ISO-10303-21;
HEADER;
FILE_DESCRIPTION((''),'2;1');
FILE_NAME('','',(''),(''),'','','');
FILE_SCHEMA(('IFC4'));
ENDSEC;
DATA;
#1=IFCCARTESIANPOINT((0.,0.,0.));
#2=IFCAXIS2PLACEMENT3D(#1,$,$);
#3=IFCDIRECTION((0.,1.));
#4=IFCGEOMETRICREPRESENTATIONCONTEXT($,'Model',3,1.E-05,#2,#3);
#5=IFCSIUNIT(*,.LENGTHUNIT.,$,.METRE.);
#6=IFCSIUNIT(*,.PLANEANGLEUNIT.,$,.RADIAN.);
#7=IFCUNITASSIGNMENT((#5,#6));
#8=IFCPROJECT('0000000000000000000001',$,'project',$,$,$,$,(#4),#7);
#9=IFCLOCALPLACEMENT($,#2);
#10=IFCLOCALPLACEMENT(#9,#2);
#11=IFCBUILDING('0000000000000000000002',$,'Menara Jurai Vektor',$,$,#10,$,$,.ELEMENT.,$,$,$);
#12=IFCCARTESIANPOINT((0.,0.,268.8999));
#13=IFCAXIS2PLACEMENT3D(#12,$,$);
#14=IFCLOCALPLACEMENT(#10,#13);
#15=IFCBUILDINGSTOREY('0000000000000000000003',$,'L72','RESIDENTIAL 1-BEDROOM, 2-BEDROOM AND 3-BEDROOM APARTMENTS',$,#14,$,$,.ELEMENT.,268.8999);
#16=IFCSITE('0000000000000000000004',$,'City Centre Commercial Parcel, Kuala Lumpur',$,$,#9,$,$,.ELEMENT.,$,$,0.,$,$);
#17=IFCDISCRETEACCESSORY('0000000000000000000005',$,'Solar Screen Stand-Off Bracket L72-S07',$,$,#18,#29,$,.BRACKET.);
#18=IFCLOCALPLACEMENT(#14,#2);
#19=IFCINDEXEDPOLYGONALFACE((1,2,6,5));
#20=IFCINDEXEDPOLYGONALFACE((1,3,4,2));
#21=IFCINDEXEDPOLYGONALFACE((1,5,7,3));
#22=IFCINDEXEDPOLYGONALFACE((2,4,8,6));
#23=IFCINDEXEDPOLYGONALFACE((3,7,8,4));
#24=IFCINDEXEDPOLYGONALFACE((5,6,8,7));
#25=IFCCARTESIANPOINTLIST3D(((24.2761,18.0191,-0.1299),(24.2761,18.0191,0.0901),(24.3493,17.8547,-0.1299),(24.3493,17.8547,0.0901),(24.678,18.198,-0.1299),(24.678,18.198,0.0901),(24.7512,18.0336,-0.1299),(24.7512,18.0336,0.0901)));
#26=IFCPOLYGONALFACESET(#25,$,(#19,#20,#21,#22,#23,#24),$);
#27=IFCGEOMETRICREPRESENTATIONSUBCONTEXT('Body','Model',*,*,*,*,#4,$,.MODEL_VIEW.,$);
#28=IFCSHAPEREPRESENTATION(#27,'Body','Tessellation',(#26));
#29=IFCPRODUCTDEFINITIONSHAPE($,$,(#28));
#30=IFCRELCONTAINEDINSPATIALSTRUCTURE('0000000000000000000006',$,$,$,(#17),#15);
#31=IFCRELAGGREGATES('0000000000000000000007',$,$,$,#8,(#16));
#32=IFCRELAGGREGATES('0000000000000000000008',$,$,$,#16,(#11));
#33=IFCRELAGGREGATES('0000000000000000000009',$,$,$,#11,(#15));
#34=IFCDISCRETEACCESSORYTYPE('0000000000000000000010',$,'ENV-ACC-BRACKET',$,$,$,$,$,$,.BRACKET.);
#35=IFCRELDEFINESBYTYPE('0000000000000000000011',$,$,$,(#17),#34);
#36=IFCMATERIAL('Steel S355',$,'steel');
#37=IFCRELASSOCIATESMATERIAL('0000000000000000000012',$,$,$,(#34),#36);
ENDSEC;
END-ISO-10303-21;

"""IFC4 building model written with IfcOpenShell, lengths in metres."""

from ifc_helpers import new_model, si_unit, direction, frame, origin, origin_2d, place, context, subcontext, project, spatial, rectangle, extrude, material, type_object, element, save


model = new_model("IFC4")

# Units and contexts
model_context = context("Model", 3, precision=1e-05, world=origin(), true_north=direction((0.0, 1.0)))
body_context = subcontext(model_context, "Body", "Model", "MODEL_VIEW")
ifc_project = project(units=[si_unit("LENGTHUNIT", "METRE"), si_unit("PLANEANGLEUNIT", "RADIAN")], contexts=[model_context])

# Site, building, storey
site_placement = place(None, origin())
site = spatial("IfcSite", under=ifc_project, at=site_placement, Name="City Centre Commercial Parcel, Kuala Lumpur", CompositionType="ELEMENT", RefElevation=0.0)
building_placement = place(site_placement, origin())
building = spatial("IfcBuilding", under=site, at=building_placement, Name="Menara Jurai Vektor", CompositionType="ELEMENT")
storey_placement = place(building_placement, frame((0.0, 0.0, 268.8999)))
storey = spatial("IfcBuildingStorey", under=building, at=storey_placement, Name="L72", Description="RESIDENTIAL 1-BEDROOM, 2-BEDROOM AND 3-BEDROOM APARTMENTS", CompositionType="ELEMENT", Elevation=268.8999)

# Shared definitions
ifc_material_1 = material(Name="Steel S355", Category="steel")

# Discrete accessory
discrete_accessory_type = type_object("IfcDiscreteAccessoryType", Name="ENV-ACC-BRACKET", PredefinedType="BRACKET", material=ifc_material_1)
discrete_accessory_placement = place(storey_placement, frame((24.5137, 18.0264, -0.1299), z_axis=(0.0, 0.0, 1.0), x_axis=(-0.406737, 0.913545, 0.0)))
element("IfcDiscreteAccessory", 1, at=discrete_accessory_placement, inside=storey, type_object=discrete_accessory_type, Name="Solar Screen Stand-Off Bracket L72-S07", PredefinedType="BRACKET", context=body_context, shape_type="SweptSolid", body=[
    extrude(rectangle(XDim=0.1799, YDim=0.4399, at=origin_2d()), origin(), (0.0, 0.0, 1.0), 0.22),
])

save(model, "model.ifc")
